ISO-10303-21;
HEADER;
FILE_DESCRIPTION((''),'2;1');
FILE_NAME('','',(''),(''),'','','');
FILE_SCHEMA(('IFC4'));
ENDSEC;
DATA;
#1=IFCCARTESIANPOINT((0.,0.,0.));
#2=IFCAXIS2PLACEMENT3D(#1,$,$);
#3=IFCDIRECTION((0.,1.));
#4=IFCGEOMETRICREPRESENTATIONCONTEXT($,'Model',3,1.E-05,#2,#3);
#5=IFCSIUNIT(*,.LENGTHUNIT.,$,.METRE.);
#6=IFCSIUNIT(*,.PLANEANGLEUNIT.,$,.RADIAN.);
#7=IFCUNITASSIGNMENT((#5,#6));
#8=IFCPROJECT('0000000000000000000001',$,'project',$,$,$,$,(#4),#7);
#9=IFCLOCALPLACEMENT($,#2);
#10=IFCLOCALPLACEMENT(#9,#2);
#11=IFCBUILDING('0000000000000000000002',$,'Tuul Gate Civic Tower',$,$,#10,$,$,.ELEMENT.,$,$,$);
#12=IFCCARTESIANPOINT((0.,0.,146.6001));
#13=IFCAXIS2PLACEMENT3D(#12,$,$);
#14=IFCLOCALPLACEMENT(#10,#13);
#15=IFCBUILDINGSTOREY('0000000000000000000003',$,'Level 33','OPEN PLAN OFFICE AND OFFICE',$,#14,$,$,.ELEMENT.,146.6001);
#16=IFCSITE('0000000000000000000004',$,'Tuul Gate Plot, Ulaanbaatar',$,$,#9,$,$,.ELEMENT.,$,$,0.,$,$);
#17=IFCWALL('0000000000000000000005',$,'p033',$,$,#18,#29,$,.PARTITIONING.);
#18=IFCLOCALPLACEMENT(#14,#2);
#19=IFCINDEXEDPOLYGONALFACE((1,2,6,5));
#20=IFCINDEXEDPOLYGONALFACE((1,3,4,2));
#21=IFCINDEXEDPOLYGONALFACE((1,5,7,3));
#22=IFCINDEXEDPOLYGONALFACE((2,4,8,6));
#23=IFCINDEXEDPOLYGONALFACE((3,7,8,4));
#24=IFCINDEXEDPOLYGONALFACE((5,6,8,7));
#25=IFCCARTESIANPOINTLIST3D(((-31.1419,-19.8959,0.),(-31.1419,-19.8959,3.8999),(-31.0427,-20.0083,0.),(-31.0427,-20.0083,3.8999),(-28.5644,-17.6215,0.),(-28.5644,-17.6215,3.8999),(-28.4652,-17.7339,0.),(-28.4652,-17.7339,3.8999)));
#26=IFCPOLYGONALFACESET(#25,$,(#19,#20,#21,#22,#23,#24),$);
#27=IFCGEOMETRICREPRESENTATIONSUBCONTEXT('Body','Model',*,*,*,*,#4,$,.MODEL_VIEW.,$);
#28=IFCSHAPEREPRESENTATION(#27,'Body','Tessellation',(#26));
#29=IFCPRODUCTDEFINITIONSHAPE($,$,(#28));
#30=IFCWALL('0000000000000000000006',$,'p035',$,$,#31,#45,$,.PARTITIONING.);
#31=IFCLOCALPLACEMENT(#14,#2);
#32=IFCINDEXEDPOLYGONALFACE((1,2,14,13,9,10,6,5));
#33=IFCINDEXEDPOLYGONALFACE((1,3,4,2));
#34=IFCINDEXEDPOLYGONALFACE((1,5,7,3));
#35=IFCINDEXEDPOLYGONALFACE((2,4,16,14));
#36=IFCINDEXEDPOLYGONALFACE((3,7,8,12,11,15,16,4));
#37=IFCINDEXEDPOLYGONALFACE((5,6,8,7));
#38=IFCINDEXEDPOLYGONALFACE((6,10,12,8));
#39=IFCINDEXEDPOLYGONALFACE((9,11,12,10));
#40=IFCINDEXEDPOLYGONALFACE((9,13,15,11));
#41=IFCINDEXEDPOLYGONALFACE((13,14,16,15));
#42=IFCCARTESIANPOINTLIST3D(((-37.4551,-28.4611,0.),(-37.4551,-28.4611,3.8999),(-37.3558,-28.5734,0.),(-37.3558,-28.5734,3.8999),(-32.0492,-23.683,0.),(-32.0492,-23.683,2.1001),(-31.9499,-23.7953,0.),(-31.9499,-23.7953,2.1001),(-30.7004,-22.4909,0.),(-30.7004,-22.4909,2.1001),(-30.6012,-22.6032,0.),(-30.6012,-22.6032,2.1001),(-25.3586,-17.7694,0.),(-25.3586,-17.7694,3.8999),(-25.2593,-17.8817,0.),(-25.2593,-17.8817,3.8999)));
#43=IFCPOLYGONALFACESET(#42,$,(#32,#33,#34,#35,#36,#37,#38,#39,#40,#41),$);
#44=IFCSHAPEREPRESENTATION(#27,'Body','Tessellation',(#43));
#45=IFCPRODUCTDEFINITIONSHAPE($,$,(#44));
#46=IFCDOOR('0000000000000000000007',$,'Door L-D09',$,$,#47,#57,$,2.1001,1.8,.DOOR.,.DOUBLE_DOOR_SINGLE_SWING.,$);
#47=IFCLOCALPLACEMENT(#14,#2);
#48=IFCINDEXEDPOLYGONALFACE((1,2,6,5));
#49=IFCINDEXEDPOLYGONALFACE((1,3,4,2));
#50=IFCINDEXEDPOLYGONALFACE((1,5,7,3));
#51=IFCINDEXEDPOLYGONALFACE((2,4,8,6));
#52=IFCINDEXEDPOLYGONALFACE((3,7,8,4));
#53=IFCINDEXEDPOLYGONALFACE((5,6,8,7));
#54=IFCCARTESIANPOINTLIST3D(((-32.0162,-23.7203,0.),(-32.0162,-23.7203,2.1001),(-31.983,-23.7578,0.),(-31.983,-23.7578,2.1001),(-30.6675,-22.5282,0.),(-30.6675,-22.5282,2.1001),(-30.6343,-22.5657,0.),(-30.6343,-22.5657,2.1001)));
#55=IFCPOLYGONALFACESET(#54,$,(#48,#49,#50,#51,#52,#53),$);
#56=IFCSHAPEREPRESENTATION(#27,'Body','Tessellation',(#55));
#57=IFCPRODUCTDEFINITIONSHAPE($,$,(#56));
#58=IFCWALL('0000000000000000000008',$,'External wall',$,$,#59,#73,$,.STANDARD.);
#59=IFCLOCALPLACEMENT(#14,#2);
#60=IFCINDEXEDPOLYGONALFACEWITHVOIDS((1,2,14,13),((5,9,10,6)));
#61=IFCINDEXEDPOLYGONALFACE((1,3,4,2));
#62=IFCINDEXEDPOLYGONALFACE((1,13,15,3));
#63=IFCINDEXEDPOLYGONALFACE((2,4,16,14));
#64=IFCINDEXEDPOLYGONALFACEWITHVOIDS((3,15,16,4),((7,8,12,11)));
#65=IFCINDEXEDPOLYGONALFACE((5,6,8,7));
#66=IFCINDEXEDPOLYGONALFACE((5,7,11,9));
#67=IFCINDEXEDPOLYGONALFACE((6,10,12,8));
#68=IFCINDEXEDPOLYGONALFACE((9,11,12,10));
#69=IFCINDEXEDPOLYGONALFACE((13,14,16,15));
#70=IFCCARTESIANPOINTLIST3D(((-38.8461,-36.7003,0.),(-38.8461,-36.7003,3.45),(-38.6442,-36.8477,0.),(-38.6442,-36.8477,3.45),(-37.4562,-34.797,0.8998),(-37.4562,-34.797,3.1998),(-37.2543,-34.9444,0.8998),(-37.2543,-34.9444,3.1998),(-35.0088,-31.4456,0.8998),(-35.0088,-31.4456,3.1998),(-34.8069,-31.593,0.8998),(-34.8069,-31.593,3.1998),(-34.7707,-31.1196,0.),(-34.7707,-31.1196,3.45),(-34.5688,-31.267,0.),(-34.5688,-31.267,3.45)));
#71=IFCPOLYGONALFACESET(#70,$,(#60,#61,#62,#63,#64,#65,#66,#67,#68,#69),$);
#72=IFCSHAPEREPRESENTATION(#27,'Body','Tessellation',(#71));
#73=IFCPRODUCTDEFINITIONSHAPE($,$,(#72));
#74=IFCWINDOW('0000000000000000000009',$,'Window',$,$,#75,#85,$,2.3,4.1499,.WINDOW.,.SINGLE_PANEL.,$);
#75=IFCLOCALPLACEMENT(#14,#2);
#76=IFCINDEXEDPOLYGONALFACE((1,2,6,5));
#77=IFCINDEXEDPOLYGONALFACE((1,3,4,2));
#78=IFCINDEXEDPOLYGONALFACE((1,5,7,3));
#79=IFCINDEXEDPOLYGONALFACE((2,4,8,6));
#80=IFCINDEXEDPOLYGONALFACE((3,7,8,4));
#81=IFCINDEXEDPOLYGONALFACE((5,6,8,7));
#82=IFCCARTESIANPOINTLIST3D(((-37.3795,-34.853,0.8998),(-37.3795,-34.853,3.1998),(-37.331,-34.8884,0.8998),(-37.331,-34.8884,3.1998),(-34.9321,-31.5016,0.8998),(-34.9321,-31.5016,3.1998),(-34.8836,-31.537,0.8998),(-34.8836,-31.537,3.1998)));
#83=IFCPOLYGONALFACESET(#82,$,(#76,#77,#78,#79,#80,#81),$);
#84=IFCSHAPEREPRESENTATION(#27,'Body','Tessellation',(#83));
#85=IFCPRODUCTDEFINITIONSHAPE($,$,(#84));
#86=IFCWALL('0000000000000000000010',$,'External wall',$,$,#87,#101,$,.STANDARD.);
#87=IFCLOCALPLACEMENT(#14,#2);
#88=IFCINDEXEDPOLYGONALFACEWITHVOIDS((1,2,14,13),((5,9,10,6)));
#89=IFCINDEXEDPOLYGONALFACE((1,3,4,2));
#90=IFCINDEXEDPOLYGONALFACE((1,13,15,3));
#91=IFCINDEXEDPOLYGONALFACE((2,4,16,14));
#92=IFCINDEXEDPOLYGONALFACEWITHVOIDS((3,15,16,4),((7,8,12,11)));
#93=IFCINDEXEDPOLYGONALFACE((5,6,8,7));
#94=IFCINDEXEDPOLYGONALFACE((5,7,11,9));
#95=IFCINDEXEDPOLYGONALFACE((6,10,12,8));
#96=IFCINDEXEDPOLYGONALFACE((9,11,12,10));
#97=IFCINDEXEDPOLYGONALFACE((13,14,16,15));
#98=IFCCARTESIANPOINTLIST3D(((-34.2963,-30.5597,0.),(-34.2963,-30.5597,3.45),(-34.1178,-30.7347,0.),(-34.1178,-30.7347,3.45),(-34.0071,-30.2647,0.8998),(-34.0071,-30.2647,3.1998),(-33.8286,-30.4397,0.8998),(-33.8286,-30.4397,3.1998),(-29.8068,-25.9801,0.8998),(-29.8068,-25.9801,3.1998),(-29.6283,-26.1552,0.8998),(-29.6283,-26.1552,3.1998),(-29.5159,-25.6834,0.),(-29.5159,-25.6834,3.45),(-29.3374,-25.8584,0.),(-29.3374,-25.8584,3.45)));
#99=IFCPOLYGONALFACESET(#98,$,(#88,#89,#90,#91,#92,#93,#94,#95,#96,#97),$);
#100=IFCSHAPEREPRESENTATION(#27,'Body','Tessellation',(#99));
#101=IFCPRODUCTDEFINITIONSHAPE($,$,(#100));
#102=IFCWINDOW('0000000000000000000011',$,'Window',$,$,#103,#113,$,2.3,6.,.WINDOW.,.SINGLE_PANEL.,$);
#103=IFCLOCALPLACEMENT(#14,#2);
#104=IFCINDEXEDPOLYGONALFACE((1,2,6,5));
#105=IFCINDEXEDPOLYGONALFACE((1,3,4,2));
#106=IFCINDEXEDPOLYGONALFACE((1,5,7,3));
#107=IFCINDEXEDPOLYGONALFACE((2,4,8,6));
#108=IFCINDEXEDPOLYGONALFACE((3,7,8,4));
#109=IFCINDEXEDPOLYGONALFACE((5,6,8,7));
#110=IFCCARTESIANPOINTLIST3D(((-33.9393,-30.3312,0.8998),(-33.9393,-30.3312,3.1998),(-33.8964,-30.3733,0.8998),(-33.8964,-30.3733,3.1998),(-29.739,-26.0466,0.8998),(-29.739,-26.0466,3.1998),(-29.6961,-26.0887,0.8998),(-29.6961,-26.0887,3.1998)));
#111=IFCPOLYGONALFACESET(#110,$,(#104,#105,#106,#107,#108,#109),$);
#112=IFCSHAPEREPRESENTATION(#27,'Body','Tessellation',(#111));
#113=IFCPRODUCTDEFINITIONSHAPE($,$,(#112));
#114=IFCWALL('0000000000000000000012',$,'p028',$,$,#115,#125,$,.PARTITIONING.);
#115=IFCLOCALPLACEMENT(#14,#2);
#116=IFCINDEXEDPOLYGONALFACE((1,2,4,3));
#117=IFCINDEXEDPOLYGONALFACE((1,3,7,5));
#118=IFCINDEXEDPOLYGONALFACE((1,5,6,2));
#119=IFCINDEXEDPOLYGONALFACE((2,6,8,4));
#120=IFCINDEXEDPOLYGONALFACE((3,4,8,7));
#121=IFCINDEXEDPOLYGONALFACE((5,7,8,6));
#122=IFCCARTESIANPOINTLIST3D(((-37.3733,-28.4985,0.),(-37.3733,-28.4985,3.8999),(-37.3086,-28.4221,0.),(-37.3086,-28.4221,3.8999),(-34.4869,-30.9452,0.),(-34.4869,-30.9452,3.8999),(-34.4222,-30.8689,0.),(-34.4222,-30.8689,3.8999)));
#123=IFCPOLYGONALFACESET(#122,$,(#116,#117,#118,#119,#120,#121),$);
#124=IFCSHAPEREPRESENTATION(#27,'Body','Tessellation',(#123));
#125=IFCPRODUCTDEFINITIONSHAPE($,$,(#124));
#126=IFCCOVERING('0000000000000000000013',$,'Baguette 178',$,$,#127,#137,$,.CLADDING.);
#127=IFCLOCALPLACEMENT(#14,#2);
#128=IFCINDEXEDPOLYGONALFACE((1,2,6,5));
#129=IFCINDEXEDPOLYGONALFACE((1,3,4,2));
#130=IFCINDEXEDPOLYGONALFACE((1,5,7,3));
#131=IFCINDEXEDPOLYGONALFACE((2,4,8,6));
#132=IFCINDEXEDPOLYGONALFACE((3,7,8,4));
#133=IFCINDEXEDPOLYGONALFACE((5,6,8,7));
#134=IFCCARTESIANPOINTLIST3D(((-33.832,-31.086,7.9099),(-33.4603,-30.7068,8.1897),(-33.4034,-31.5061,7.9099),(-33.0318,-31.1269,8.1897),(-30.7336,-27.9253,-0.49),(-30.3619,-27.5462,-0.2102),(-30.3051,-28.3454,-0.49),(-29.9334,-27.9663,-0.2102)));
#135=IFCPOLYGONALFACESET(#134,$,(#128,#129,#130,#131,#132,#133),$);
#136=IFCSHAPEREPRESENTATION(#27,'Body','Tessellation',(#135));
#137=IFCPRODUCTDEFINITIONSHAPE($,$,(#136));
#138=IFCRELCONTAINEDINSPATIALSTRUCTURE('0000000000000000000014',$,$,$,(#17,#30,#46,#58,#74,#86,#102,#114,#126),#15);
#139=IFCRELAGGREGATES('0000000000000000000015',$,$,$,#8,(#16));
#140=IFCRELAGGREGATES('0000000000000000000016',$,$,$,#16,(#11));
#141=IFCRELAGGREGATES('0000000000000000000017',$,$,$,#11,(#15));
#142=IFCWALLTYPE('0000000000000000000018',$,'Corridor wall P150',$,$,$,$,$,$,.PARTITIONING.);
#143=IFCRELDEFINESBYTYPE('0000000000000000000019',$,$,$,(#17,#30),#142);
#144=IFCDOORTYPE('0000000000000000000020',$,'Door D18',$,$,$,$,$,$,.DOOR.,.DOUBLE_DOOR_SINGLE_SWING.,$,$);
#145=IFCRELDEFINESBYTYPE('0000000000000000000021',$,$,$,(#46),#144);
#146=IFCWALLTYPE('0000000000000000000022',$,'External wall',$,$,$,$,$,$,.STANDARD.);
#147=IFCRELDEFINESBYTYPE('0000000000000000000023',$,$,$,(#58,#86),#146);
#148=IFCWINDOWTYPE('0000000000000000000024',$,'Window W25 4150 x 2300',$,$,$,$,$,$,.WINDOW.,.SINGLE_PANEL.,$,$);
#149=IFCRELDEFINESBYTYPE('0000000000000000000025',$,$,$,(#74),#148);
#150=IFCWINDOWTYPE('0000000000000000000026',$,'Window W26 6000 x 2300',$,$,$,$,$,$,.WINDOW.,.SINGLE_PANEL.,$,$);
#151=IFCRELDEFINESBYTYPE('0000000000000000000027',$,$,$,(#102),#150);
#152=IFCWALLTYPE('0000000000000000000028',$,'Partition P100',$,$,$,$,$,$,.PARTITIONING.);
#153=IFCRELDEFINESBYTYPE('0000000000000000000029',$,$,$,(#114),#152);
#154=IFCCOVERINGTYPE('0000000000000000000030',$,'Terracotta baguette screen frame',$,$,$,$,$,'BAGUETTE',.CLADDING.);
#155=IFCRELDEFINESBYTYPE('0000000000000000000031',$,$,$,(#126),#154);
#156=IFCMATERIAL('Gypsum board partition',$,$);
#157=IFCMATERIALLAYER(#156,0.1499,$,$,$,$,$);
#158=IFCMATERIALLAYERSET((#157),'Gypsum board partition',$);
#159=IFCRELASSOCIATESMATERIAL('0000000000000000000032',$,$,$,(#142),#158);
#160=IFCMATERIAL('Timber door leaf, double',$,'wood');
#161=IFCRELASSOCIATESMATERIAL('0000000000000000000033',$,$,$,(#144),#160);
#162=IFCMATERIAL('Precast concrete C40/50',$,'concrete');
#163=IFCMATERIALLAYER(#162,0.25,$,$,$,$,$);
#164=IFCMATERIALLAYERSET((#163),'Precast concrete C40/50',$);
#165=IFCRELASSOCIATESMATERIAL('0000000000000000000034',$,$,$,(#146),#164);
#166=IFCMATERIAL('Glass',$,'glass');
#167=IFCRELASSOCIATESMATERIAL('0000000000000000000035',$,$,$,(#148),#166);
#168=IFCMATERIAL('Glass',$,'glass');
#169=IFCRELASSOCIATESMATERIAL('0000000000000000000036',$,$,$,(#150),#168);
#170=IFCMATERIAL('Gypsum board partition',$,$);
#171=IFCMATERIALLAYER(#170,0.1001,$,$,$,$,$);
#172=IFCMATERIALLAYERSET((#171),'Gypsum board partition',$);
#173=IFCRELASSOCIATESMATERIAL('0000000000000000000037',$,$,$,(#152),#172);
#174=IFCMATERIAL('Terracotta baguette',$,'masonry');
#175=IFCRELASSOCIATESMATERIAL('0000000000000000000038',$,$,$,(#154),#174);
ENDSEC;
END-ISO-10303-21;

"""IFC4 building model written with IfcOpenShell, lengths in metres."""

from ifc_helpers import new_model, si_unit, direction, frame, frame_2d, origin, origin_2d, place, context, subcontext, project, spatial, rectangle, extrude, material, layer, layer_set, material_profile, profile_set, type_object, element, fill, save


model = new_model("IFC4")

# Units and contexts
model_context = context("Model", 3, precision=1e-05, world=origin(), true_north=direction((0.0, 1.0)))
body_context = subcontext(model_context, "Body", "Model", "MODEL_VIEW")
ifc_project = project(units=[si_unit("LENGTHUNIT", "METRE"), si_unit("PLANEANGLEUNIT", "RADIAN")], contexts=[model_context])

# Site, building, storey
site_placement = place(None, origin())
site = spatial("IfcSite", under=ifc_project, at=site_placement, Name="Tuul Gate Plot, Ulaanbaatar", CompositionType="ELEMENT", RefElevation=0.0)
building_placement = place(site_placement, origin())
building = spatial("IfcBuilding", under=site, at=building_placement, Name="Tuul Gate Civic Tower", CompositionType="ELEMENT")
storey_placement = place(building_placement, frame((0.0, 0.0, 146.6001)))
storey = spatial("IfcBuildingStorey", under=building, at=storey_placement, Name="Level 33", Description="OPEN PLAN OFFICE AND OFFICE", CompositionType="ELEMENT", Elevation=146.6001)

# Wall
ifc_material_1 = material(Name="Gypsum board partition")
ifc_layer_1 = layer(ifc_material_1, 0.1499)
ifc_layer_set_1 = layer_set([ifc_layer_1], Name="Gypsum board partition")
wall_type_1 = type_object("IfcWallType", Name="Corridor wall P150", PredefinedType="PARTITIONING", material=ifc_layer_set_1)
wall_1_placement = place(storey_placement, frame((-31.0923, -19.9521, 0.0), z_axis=(0.0, 0.0, 1.0), x_axis=(0.749803, 0.661662, 0.0)))
element("IfcWall", 1, at=wall_1_placement, inside=storey, type_object=wall_type_1, Name="p033", PredefinedType="PARTITIONING", context=body_context, shape_type="SweptSolid", body=[
    extrude(rectangle(XDim=3.4375, YDim=0.1499, at=frame_2d((1.7188, 0.0))), origin(), (0.0, 0.0, 1.0), 3.8999),
])

# Wall, opening, door
wall_2_placement = place(storey_placement, frame((-37.4055, -28.5173, 0.0), z_axis=(0.0, 0.0, 1.0), x_axis=(0.749274, 0.66226, 0.0)))
wall_2 = element("IfcWall", 2, at=wall_2_placement, inside=storey, type_object=wall_type_1, Name="p035", PredefinedType="PARTITIONING", context=body_context, shape_type="SweptSolid", body=[
    extrude(rectangle(XDim=16.1443, YDim=0.1499, at=frame_2d((8.0723, 0.0))), origin(), (0.0, 0.0, 1.0), 3.8999),
])
opening_1_placement = place(wall_2_placement, frame((7.2151, 0.0, 0.0)))
opening_1 = element("IfcOpeningElement", 3, at=opening_1_placement, cuts=wall_2, PredefinedType="OPENING", context=body_context, shape_type="SweptSolid", body=[
    extrude(rectangle(XDim=1.8, YDim=2.1001, at=frame_2d((0.8999, 1.05))), frame((0.0, 0.085, 0.0), z_axis=(0.0, -1.0, 0.0), x_axis=(1.0, 0.0, 0.0)), (0.0, 0.0, 1.0), 0.1699),
])
ifc_material_2 = material(Name="Timber door leaf, double", Category="wood")
door_type = type_object("IfcDoorType", Name="Door D18", OperationType="DOUBLE_DOOR_SINGLE_SWING", PredefinedType="DOOR", material=ifc_material_2)
door_placement = place(opening_1_placement, frame((1.8, 0.0, 0.0), z_axis=(0.0, 0.0, 1.0), x_axis=(-1.0, 0.0, 0.0)))
door = element("IfcDoor", 4, at=door_placement, inside=storey, type_object=door_type, Name="Door L-D09", OperationType="DOUBLE_DOOR_SINGLE_SWING", OverallHeight=2.1001, OverallWidth=1.8, PredefinedType="DOOR", context=body_context, shape_type="SweptSolid", body=[
    extrude(rectangle(XDim=1.8, YDim=2.1001, at=frame_2d((0.9001, 1.05))), frame((0.0, 0.0249, 0.0), z_axis=(0.0, -1.0, 0.0), x_axis=(1.0, 0.0, 0.0)), (0.0, 0.0, 1.0), 0.05),
])
fill(opening_1, door)

# Walls, openings, windows
ifc_material_3 = material(Name="Precast concrete C40/50", Category="concrete")
ifc_layer_2 = layer(ifc_material_3, 0.25)
ifc_layer_set_2 = layer_set([ifc_layer_2], Name="Precast concrete C40/50")
wall_type_2 = type_object("IfcWallType", Name="External wall", PredefinedType="STANDARD", material=ifc_layer_set_2)
wall_3_placement = place(storey_placement, frame((-38.7451, -36.7739, 0.0), z_axis=(0.0, 0.0, 1.0), x_axis=(0.589748, 0.807587, 0.0)))
wall_3 = element("IfcWall", 5, at=wall_3_placement, inside=storey, type_object=wall_type_2, Name="External wall", PredefinedType="STANDARD", context=body_context, shape_type="SweptSolid", body=[
    extrude(rectangle(XDim=6.9104, YDim=0.25, at=frame_2d((3.4551, 0.0))), origin(), (0.0, 0.0, 1.0), 3.45),
])
opening_2_placement = place(wall_3_placement, frame((2.3567, 0.0, 0.8999)))
opening_2 = element("IfcOpeningElement", 6, at=opening_2_placement, cuts=wall_3, PredefinedType="OPENING", context=body_context, shape_type="SweptSolid", body=[
    extrude(rectangle(XDim=4.1499, YDim=2.3, at=frame_2d((2.075, 1.1499))), frame((0.0, 0.135, 0.0), z_axis=(0.0, -1.0, 0.0), x_axis=(1.0, 0.0, 0.0)), (0.0, 0.0, 1.0), 0.27),
])
ifc_material_4 = material(Name="Glass", Category="glass")
window_type_1 = type_object("IfcWindowType", Name="Window W25 4150 x 2300", PartitioningType="SINGLE_PANEL", PredefinedType="WINDOW", material=ifc_material_4)
window_1_placement = place(opening_2_placement, origin())
window_1 = element("IfcWindow", 7, at=window_1_placement, inside=storey, type_object=window_type_1, Name="Window", OverallHeight=2.3, OverallWidth=4.1499, PartitioningType="SINGLE_PANEL", PredefinedType="WINDOW", context=body_context, shape_type="SweptSolid", body=[
    extrude(rectangle(XDim=4.1499, YDim=2.3, at=frame_2d((2.075, 1.1499))), frame((0.0, 0.03, 0.0), z_axis=(0.0, -1.0, 0.0), x_axis=(1.0, 0.0, 0.0)), (0.0, 0.0, 1.0), 0.0601),
])
fill(opening_2, window_1)
wall_4_placement = place(storey_placement, frame((-34.207, -30.6472, 0.0), z_axis=(0.0, 0.0, 1.0), x_axis=(0.700046, 0.714097, 0.0)))
wall_4 = element("IfcWall", 8, at=wall_4_placement, inside=storey, type_object=wall_type_2, Name="External wall", PredefinedType="STANDARD", context=body_context, shape_type="SweptSolid", body=[
    extrude(rectangle(XDim=6.8286, YDim=0.25, at=frame_2d((3.4143, 0.0))), origin(), (0.0, 0.0, 1.0), 3.45),
])
opening_3_placement = place(wall_4_placement, frame((0.4131, 0.0, 0.8999)))
opening_3 = element("IfcOpeningElement", 9, at=opening_3_placement, cuts=wall_4, PredefinedType="OPENING", context=body_context, shape_type="SweptSolid", body=[
    extrude(rectangle(XDim=6.0, YDim=2.3, at=frame_2d((3.0, 1.1499))), frame((0.0, 0.135, 0.0), z_axis=(0.0, -1.0, 0.0), x_axis=(1.0, 0.0, 0.0)), (0.0, 0.0, 1.0), 0.27),
])
ifc_material_5 = material(Name="Glass", Category="glass")
window_type_2 = type_object("IfcWindowType", Name="Window W26 6000 x 2300", PartitioningType="SINGLE_PANEL", PredefinedType="WINDOW", material=ifc_material_5)
window_2_placement = place(opening_3_placement, origin())
window_2 = element("IfcWindow", 10, at=window_2_placement, inside=storey, type_object=window_type_2, Name="Window", OverallHeight=2.3, OverallWidth=6.0, PartitioningType="SINGLE_PANEL", PredefinedType="WINDOW", context=body_context, shape_type="SweptSolid", body=[
    extrude(rectangle(XDim=6.0, YDim=2.3, at=frame_2d((3.0, 1.1499))), frame((0.0, 0.03, 0.0), z_axis=(0.0, -1.0, 0.0), x_axis=(1.0, 0.0, 0.0)), (0.0, 0.0, 1.0), 0.0601),
])
fill(opening_3, window_2)

# Wall
ifc_material_6 = material(Name="Gypsum board partition")
ifc_layer_3 = layer(ifc_material_6, 0.1001)
ifc_layer_set_3 = layer_set([ifc_layer_3], Name="Gypsum board partition")
wall_type_3 = type_object("IfcWallType", Name="Partition P100", PredefinedType="PARTITIONING", material=ifc_layer_set_3)
wall_5_placement = place(storey_placement, frame((-37.3411, -28.4602, 0.0), z_axis=(0.0, 0.0, 1.0), x_axis=(0.762816, -0.646616, 0.0)))
element("IfcWall", 11, at=wall_5_placement, inside=storey, type_object=wall_type_3, Name="p028", PredefinedType="PARTITIONING", context=body_context, shape_type="SweptSolid", body=[
    extrude(rectangle(XDim=3.7839, YDim=0.1001, at=frame_2d((1.8921, 0.0))), origin(), (0.0, 0.0, 1.0), 3.8999),
])

# Covering
ifc_material_7 = material(Name="Terracotta baguette", Category="masonry")
ifc_material_profile_1 = material_profile(ifc_material_7, rectangle(XDim=0.6001, YDim=0.6001, at=origin_2d()), Name="Terracotta baguette screen frame")
ifc_profile_set_1 = profile_set([ifc_material_profile_1], Name="Terracotta baguette")
covering_type = type_object("IfcCoveringType", Name="Terracotta baguette screen frame", ElementType="BAGUETTE", PredefinedType="CLADDING", material=ifc_profile_set_1)
covering_placement = place(storey_placement, frame((-33.4319, -31.1064, 8.0498), z_axis=(0.326331, 0.332888, -0.8847), x_axis=(-0.714105, 0.700039, 0.0)))
element("IfcCovering", 12, at=covering_placement, inside=storey, type_object=covering_type, Name="Baguette 178", PredefinedType="CLADDING", context=body_context, shape_type="SweptSolid", body=[
    extrude(rectangle(XDim=0.6001, YDim=0.6001, at=origin_2d()), origin(), (0.0, 0.0, 1.0), 9.4946),
])

save(model, "model.ifc")
